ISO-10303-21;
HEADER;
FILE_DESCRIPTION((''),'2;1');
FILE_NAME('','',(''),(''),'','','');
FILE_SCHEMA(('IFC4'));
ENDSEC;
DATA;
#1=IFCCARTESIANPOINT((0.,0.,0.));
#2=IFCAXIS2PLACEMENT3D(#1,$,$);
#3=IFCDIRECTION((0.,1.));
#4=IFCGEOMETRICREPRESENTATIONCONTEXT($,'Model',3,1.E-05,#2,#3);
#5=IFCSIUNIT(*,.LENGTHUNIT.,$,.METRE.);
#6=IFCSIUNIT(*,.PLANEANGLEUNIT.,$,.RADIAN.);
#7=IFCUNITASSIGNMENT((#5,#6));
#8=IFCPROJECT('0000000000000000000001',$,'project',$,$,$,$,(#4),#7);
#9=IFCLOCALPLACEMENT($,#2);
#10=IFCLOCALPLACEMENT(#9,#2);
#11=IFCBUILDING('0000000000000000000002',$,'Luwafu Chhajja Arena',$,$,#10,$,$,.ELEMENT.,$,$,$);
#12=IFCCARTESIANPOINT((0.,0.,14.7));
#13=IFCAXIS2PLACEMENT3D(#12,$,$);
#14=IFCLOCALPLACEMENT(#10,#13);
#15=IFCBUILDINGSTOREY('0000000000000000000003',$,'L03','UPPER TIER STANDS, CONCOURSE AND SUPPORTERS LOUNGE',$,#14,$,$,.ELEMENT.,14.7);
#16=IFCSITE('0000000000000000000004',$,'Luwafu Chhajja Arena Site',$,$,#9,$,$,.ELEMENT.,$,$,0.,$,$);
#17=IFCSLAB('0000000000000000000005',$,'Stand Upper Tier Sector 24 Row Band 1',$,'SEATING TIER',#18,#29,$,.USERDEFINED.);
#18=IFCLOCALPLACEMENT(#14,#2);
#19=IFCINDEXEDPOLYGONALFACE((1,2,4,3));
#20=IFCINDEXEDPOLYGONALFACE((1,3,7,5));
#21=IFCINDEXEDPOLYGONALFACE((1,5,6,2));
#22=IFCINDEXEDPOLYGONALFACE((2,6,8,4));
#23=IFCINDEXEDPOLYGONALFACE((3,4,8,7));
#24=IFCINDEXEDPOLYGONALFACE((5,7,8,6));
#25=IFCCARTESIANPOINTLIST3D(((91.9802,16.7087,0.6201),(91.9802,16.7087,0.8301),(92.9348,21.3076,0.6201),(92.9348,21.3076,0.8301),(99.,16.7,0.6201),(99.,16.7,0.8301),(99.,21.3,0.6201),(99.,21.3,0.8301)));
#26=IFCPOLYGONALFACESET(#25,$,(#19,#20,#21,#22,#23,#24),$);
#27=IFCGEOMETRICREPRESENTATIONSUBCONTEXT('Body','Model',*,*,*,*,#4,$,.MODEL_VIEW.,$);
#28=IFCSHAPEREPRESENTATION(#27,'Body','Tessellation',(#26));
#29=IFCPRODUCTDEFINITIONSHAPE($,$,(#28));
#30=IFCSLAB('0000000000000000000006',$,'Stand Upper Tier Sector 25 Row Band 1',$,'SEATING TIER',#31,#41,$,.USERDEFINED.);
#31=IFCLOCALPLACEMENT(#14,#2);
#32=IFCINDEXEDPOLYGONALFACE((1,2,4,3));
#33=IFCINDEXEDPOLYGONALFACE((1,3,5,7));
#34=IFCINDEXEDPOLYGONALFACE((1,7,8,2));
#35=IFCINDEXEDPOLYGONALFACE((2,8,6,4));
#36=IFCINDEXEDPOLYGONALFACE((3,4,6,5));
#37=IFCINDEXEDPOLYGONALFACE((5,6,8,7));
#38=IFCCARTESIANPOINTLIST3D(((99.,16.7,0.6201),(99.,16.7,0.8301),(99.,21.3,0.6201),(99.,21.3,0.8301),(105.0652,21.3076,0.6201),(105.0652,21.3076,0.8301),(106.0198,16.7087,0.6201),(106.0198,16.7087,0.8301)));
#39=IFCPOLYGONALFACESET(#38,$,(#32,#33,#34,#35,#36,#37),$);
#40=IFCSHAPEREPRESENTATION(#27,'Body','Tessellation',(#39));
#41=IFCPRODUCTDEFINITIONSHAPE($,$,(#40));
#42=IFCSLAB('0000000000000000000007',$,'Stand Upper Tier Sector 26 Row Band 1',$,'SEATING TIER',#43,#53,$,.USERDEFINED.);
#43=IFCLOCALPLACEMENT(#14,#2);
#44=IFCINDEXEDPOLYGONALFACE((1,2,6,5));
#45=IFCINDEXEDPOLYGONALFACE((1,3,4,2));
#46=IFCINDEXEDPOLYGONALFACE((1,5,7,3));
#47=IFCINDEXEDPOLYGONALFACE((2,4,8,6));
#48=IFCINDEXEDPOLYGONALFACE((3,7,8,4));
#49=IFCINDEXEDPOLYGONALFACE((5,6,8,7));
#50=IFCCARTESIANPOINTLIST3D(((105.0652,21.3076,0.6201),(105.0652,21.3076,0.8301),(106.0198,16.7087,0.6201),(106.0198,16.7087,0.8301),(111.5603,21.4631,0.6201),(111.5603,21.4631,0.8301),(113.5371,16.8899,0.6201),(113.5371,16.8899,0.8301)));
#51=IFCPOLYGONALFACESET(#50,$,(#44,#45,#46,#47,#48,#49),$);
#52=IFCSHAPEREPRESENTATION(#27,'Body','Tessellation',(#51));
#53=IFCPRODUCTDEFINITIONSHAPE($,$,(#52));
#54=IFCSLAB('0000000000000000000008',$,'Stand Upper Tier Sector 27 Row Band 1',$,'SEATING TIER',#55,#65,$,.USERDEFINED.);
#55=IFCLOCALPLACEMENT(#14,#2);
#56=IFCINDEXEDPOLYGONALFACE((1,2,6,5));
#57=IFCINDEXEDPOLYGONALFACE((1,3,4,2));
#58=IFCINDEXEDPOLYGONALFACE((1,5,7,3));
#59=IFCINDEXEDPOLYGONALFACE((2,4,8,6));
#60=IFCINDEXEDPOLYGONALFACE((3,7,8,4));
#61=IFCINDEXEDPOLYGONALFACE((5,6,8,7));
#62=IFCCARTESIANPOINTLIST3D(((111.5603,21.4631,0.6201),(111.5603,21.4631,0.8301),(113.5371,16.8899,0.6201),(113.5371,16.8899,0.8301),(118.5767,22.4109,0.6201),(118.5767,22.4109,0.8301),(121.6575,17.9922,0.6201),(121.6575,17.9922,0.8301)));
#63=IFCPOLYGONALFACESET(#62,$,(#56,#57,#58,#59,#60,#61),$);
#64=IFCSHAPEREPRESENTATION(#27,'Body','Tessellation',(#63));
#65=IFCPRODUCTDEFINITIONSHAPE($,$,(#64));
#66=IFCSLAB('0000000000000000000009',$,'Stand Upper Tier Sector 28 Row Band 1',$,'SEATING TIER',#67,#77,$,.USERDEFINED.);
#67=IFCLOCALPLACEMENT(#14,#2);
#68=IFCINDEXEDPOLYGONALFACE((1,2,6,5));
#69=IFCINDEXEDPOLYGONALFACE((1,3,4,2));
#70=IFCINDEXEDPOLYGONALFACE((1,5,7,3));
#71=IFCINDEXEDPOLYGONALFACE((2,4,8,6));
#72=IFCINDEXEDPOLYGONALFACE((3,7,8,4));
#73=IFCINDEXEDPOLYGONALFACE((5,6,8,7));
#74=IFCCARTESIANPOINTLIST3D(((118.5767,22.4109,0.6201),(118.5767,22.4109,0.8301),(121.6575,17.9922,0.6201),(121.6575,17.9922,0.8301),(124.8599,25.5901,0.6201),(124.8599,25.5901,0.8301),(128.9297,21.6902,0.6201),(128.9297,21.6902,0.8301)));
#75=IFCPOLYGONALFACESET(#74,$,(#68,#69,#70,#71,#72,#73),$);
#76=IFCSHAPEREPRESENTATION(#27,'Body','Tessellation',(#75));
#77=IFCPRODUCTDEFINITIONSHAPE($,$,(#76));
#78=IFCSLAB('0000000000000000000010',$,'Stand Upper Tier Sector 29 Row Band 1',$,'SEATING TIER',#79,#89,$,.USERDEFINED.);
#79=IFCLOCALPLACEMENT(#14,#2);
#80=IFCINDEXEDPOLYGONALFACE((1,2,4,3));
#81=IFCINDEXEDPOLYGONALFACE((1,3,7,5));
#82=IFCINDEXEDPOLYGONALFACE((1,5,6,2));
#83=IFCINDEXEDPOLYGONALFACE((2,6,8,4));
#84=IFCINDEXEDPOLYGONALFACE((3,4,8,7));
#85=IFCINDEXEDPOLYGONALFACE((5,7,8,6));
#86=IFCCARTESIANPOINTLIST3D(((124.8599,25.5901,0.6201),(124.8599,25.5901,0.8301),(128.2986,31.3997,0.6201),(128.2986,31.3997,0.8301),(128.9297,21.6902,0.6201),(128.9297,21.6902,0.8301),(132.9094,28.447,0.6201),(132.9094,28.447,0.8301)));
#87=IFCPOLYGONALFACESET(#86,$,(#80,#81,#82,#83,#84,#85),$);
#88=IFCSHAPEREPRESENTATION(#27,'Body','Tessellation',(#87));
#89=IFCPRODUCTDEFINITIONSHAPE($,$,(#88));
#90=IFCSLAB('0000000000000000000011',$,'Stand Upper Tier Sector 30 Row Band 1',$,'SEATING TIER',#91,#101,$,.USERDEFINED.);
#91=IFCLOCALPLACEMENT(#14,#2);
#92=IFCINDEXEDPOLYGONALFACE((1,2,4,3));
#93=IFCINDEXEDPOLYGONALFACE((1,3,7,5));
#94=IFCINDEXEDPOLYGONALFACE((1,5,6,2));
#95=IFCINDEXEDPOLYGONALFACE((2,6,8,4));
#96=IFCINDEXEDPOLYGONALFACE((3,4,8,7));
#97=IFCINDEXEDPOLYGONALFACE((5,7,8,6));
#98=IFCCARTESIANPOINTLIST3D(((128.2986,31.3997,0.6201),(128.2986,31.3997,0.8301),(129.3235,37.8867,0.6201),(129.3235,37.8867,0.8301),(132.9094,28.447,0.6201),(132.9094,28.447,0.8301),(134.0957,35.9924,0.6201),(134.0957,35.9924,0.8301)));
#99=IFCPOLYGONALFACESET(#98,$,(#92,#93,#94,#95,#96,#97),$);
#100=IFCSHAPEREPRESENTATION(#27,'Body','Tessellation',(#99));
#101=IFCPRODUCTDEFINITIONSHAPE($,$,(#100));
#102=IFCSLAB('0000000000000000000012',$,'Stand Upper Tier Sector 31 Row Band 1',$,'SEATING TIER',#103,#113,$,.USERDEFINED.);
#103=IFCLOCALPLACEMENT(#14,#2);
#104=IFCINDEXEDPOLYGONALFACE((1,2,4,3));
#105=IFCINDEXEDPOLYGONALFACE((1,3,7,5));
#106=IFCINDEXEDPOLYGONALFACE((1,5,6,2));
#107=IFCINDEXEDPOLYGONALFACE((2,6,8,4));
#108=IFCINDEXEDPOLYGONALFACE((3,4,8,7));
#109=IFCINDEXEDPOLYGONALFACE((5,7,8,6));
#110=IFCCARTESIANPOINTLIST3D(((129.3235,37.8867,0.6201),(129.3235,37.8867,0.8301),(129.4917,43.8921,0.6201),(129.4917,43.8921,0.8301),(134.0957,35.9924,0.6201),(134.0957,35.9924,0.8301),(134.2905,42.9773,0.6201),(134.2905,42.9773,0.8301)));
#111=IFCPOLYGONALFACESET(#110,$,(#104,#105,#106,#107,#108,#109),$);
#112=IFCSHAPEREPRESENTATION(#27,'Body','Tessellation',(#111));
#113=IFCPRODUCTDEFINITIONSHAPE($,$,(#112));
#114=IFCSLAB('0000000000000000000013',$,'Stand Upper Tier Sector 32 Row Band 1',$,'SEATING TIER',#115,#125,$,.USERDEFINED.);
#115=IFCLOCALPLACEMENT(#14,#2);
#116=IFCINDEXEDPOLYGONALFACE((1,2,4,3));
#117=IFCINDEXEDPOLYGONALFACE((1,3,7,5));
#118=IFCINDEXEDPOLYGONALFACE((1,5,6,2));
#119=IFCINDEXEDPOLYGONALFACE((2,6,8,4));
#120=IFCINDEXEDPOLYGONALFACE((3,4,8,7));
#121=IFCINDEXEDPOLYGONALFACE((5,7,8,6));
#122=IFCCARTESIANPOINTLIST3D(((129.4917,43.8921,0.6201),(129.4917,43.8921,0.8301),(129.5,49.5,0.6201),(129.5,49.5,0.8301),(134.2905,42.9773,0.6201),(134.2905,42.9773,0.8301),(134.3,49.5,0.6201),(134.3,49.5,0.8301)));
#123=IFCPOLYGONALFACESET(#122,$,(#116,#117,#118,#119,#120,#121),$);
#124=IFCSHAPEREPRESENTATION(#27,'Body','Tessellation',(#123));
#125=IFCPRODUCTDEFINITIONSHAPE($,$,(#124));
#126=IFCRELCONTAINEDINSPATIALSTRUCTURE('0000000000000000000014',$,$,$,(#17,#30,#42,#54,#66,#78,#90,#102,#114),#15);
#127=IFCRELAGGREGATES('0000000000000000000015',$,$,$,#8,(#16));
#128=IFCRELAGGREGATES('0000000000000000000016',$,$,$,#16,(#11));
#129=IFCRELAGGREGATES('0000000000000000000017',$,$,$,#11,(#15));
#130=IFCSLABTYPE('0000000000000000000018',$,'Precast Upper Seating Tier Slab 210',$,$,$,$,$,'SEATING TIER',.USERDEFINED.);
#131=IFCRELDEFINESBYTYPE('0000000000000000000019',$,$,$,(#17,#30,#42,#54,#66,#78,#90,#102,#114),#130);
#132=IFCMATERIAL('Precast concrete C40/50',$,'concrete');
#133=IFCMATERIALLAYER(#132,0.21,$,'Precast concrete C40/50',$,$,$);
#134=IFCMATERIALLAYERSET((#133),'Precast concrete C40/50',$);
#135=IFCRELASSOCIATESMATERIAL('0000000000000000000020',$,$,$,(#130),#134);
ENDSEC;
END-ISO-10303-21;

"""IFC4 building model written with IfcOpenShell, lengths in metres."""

from ifc_helpers import new_model, si_unit, direction, frame, origin, place, context, subcontext, project, spatial, polyline, outline, extrude, material, layer, layer_set, type_object, element, save


model = new_model("IFC4")

# Units and contexts
model_context = context("Model", 3, precision=1e-05, world=origin(), true_north=direction((0.0, 1.0)))
body_context = subcontext(model_context, "Body", "Model", "MODEL_VIEW")
ifc_project = project(units=[si_unit("LENGTHUNIT", "METRE"), si_unit("PLANEANGLEUNIT", "RADIAN")], contexts=[model_context])

# Site, building, storey
site_placement = place(None, origin())
site = spatial("IfcSite", under=ifc_project, at=site_placement, Name="Luwafu Chhajja Arena Site", CompositionType="ELEMENT", RefElevation=0.0)
building_placement = place(site_placement, origin())
building = spatial("IfcBuilding", under=site, at=building_placement, Name="Luwafu Chhajja Arena", CompositionType="ELEMENT")
storey_placement = place(building_placement, frame((0.0, 0.0, 14.7)))
storey = spatial("IfcBuildingStorey", under=building, at=storey_placement, Name="L03", Description="UPPER TIER STANDS, CONCOURSE AND SUPPORTERS LOUNGE", CompositionType="ELEMENT", Elevation=14.7)

# Slabs
ifc_material = material(Name="Precast concrete C40/50", Category="concrete")
ifc_layer = layer(ifc_material, 0.21, Name="Precast concrete C40/50")
ifc_layer_set = layer_set([ifc_layer], Name="Precast concrete C40/50")
slab_type = type_object("IfcSlabType", Name="Precast Upper Seating Tier Slab 210", ElementType="SEATING TIER", PredefinedType="USERDEFINED", material=ifc_layer_set)
slab_1_placement = place(storey_placement, frame((0.0, 0.0, 0.6201)))
element("IfcSlab", 1, at=slab_1_placement, inside=storey, type_object=slab_type, Name="Stand Upper Tier Sector 24 Row Band 1", ObjectType="SEATING TIER", PredefinedType="USERDEFINED", context=body_context, shape_type="SweptSolid", body=[
    extrude(outline(polyline([(92.9348, 21.3076), (99.0, 21.3), (99.0, 16.7), (91.9802, 16.7087), (92.9348, 21.3076)])), origin(), (0.0, 0.0, 1.0), 0.21),
])
slab_2_placement = place(storey_placement, frame((0.0, 0.0, 0.6201)))
element("IfcSlab", 2, at=slab_2_placement, inside=storey, type_object=slab_type, Name="Stand Upper Tier Sector 25 Row Band 1", ObjectType="SEATING TIER", PredefinedType="USERDEFINED", context=body_context, shape_type="SweptSolid", body=[
    extrude(outline(polyline([(99.0, 21.3), (105.0652, 21.3076), (106.0198, 16.7087), (99.0, 16.7), (99.0, 21.3)])), origin(), (0.0, 0.0, 1.0), 0.21),
])
slab_3_placement = place(storey_placement, frame((0.0, 0.0, 0.6201)))
element("IfcSlab", 3, at=slab_3_placement, inside=storey, type_object=slab_type, Name="Stand Upper Tier Sector 26 Row Band 1", ObjectType="SEATING TIER", PredefinedType="USERDEFINED", context=body_context, shape_type="SweptSolid", body=[
    extrude(outline(polyline([(105.0652, 21.3076), (111.5603, 21.4631), (113.5371, 16.8899), (106.0198, 16.7087), (105.0652, 21.3076)])), origin(), (0.0, 0.0, 1.0), 0.21),
])
slab_4_placement = place(storey_placement, frame((0.0, 0.0, 0.6201)))
element("IfcSlab", 4, at=slab_4_placement, inside=storey, type_object=slab_type, Name="Stand Upper Tier Sector 27 Row Band 1", ObjectType="SEATING TIER", PredefinedType="USERDEFINED", context=body_context, shape_type="SweptSolid", body=[
    extrude(outline(polyline([(111.5603, 21.4631), (118.5767, 22.4109), (121.6575, 17.9922), (113.5371, 16.8899), (111.5603, 21.4631)])), origin(), (0.0, 0.0, 1.0), 0.21),
])
slab_5_placement = place(storey_placement, frame((0.0, 0.0, 0.6201)))
element("IfcSlab", 5, at=slab_5_placement, inside=storey, type_object=slab_type, Name="Stand Upper Tier Sector 28 Row Band 1", ObjectType="SEATING TIER", PredefinedType="USERDEFINED", context=body_context, shape_type="SweptSolid", body=[
    extrude(outline(polyline([(118.5767, 22.4109), (124.8599, 25.5901), (128.9297, 21.6902), (121.6575, 17.9922), (118.5767, 22.4109)])), origin(), (0.0, 0.0, 1.0), 0.21),
])
slab_6_placement = place(storey_placement, frame((0.0, 0.0, 0.6201)))
element("IfcSlab", 6, at=slab_6_placement, inside=storey, type_object=slab_type, Name="Stand Upper Tier Sector 29 Row Band 1", ObjectType="SEATING TIER", PredefinedType="USERDEFINED", context=body_context, shape_type="SweptSolid", body=[
    extrude(outline(polyline([(124.8599, 25.5901), (128.2986, 31.3997), (132.9094, 28.447), (128.9297, 21.6902), (124.8599, 25.5901)])), origin(), (0.0, 0.0, 1.0), 0.21),
])
slab_7_placement = place(storey_placement, frame((0.0, 0.0, 0.6201)))
element("IfcSlab", 7, at=slab_7_placement, inside=storey, type_object=slab_type, Name="Stand Upper Tier Sector 30 Row Band 1", ObjectType="SEATING TIER", PredefinedType="USERDEFINED", context=body_context, shape_type="SweptSolid", body=[
    extrude(outline(polyline([(128.2986, 31.3997), (129.3235, 37.8867), (134.0957, 35.9924), (132.9094, 28.447), (128.2986, 31.3997)])), origin(), (0.0, 0.0, 1.0), 0.21),
])
slab_8_placement = place(storey_placement, frame((0.0, 0.0, 0.6201)))
element("IfcSlab", 8, at=slab_8_placement, inside=storey, type_object=slab_type, Name="Stand Upper Tier Sector 31 Row Band 1", ObjectType="SEATING TIER", PredefinedType="USERDEFINED", context=body_context, shape_type="SweptSolid", body=[
    extrude(outline(polyline([(129.3235, 37.8867), (129.4917, 43.8921), (134.2905, 42.9773), (134.0957, 35.9924), (129.3235, 37.8867)])), origin(), (0.0, 0.0, 1.0), 0.21),
])
slab_9_placement = place(storey_placement, frame((0.0, 0.0, 0.6201)))
element("IfcSlab", 9, at=slab_9_placement, inside=storey, type_object=slab_type, Name="Stand Upper Tier Sector 32 Row Band 1", ObjectType="SEATING TIER", PredefinedType="USERDEFINED", context=body_context, shape_type="SweptSolid", body=[
    extrude(outline(polyline([(129.4917, 43.8921), (129.5, 49.5), (134.3, 49.5), (134.2905, 42.9773), (129.4917, 43.8921)])), origin(), (0.0, 0.0, 1.0), 0.21),
])

save(model, "model.ifc")
